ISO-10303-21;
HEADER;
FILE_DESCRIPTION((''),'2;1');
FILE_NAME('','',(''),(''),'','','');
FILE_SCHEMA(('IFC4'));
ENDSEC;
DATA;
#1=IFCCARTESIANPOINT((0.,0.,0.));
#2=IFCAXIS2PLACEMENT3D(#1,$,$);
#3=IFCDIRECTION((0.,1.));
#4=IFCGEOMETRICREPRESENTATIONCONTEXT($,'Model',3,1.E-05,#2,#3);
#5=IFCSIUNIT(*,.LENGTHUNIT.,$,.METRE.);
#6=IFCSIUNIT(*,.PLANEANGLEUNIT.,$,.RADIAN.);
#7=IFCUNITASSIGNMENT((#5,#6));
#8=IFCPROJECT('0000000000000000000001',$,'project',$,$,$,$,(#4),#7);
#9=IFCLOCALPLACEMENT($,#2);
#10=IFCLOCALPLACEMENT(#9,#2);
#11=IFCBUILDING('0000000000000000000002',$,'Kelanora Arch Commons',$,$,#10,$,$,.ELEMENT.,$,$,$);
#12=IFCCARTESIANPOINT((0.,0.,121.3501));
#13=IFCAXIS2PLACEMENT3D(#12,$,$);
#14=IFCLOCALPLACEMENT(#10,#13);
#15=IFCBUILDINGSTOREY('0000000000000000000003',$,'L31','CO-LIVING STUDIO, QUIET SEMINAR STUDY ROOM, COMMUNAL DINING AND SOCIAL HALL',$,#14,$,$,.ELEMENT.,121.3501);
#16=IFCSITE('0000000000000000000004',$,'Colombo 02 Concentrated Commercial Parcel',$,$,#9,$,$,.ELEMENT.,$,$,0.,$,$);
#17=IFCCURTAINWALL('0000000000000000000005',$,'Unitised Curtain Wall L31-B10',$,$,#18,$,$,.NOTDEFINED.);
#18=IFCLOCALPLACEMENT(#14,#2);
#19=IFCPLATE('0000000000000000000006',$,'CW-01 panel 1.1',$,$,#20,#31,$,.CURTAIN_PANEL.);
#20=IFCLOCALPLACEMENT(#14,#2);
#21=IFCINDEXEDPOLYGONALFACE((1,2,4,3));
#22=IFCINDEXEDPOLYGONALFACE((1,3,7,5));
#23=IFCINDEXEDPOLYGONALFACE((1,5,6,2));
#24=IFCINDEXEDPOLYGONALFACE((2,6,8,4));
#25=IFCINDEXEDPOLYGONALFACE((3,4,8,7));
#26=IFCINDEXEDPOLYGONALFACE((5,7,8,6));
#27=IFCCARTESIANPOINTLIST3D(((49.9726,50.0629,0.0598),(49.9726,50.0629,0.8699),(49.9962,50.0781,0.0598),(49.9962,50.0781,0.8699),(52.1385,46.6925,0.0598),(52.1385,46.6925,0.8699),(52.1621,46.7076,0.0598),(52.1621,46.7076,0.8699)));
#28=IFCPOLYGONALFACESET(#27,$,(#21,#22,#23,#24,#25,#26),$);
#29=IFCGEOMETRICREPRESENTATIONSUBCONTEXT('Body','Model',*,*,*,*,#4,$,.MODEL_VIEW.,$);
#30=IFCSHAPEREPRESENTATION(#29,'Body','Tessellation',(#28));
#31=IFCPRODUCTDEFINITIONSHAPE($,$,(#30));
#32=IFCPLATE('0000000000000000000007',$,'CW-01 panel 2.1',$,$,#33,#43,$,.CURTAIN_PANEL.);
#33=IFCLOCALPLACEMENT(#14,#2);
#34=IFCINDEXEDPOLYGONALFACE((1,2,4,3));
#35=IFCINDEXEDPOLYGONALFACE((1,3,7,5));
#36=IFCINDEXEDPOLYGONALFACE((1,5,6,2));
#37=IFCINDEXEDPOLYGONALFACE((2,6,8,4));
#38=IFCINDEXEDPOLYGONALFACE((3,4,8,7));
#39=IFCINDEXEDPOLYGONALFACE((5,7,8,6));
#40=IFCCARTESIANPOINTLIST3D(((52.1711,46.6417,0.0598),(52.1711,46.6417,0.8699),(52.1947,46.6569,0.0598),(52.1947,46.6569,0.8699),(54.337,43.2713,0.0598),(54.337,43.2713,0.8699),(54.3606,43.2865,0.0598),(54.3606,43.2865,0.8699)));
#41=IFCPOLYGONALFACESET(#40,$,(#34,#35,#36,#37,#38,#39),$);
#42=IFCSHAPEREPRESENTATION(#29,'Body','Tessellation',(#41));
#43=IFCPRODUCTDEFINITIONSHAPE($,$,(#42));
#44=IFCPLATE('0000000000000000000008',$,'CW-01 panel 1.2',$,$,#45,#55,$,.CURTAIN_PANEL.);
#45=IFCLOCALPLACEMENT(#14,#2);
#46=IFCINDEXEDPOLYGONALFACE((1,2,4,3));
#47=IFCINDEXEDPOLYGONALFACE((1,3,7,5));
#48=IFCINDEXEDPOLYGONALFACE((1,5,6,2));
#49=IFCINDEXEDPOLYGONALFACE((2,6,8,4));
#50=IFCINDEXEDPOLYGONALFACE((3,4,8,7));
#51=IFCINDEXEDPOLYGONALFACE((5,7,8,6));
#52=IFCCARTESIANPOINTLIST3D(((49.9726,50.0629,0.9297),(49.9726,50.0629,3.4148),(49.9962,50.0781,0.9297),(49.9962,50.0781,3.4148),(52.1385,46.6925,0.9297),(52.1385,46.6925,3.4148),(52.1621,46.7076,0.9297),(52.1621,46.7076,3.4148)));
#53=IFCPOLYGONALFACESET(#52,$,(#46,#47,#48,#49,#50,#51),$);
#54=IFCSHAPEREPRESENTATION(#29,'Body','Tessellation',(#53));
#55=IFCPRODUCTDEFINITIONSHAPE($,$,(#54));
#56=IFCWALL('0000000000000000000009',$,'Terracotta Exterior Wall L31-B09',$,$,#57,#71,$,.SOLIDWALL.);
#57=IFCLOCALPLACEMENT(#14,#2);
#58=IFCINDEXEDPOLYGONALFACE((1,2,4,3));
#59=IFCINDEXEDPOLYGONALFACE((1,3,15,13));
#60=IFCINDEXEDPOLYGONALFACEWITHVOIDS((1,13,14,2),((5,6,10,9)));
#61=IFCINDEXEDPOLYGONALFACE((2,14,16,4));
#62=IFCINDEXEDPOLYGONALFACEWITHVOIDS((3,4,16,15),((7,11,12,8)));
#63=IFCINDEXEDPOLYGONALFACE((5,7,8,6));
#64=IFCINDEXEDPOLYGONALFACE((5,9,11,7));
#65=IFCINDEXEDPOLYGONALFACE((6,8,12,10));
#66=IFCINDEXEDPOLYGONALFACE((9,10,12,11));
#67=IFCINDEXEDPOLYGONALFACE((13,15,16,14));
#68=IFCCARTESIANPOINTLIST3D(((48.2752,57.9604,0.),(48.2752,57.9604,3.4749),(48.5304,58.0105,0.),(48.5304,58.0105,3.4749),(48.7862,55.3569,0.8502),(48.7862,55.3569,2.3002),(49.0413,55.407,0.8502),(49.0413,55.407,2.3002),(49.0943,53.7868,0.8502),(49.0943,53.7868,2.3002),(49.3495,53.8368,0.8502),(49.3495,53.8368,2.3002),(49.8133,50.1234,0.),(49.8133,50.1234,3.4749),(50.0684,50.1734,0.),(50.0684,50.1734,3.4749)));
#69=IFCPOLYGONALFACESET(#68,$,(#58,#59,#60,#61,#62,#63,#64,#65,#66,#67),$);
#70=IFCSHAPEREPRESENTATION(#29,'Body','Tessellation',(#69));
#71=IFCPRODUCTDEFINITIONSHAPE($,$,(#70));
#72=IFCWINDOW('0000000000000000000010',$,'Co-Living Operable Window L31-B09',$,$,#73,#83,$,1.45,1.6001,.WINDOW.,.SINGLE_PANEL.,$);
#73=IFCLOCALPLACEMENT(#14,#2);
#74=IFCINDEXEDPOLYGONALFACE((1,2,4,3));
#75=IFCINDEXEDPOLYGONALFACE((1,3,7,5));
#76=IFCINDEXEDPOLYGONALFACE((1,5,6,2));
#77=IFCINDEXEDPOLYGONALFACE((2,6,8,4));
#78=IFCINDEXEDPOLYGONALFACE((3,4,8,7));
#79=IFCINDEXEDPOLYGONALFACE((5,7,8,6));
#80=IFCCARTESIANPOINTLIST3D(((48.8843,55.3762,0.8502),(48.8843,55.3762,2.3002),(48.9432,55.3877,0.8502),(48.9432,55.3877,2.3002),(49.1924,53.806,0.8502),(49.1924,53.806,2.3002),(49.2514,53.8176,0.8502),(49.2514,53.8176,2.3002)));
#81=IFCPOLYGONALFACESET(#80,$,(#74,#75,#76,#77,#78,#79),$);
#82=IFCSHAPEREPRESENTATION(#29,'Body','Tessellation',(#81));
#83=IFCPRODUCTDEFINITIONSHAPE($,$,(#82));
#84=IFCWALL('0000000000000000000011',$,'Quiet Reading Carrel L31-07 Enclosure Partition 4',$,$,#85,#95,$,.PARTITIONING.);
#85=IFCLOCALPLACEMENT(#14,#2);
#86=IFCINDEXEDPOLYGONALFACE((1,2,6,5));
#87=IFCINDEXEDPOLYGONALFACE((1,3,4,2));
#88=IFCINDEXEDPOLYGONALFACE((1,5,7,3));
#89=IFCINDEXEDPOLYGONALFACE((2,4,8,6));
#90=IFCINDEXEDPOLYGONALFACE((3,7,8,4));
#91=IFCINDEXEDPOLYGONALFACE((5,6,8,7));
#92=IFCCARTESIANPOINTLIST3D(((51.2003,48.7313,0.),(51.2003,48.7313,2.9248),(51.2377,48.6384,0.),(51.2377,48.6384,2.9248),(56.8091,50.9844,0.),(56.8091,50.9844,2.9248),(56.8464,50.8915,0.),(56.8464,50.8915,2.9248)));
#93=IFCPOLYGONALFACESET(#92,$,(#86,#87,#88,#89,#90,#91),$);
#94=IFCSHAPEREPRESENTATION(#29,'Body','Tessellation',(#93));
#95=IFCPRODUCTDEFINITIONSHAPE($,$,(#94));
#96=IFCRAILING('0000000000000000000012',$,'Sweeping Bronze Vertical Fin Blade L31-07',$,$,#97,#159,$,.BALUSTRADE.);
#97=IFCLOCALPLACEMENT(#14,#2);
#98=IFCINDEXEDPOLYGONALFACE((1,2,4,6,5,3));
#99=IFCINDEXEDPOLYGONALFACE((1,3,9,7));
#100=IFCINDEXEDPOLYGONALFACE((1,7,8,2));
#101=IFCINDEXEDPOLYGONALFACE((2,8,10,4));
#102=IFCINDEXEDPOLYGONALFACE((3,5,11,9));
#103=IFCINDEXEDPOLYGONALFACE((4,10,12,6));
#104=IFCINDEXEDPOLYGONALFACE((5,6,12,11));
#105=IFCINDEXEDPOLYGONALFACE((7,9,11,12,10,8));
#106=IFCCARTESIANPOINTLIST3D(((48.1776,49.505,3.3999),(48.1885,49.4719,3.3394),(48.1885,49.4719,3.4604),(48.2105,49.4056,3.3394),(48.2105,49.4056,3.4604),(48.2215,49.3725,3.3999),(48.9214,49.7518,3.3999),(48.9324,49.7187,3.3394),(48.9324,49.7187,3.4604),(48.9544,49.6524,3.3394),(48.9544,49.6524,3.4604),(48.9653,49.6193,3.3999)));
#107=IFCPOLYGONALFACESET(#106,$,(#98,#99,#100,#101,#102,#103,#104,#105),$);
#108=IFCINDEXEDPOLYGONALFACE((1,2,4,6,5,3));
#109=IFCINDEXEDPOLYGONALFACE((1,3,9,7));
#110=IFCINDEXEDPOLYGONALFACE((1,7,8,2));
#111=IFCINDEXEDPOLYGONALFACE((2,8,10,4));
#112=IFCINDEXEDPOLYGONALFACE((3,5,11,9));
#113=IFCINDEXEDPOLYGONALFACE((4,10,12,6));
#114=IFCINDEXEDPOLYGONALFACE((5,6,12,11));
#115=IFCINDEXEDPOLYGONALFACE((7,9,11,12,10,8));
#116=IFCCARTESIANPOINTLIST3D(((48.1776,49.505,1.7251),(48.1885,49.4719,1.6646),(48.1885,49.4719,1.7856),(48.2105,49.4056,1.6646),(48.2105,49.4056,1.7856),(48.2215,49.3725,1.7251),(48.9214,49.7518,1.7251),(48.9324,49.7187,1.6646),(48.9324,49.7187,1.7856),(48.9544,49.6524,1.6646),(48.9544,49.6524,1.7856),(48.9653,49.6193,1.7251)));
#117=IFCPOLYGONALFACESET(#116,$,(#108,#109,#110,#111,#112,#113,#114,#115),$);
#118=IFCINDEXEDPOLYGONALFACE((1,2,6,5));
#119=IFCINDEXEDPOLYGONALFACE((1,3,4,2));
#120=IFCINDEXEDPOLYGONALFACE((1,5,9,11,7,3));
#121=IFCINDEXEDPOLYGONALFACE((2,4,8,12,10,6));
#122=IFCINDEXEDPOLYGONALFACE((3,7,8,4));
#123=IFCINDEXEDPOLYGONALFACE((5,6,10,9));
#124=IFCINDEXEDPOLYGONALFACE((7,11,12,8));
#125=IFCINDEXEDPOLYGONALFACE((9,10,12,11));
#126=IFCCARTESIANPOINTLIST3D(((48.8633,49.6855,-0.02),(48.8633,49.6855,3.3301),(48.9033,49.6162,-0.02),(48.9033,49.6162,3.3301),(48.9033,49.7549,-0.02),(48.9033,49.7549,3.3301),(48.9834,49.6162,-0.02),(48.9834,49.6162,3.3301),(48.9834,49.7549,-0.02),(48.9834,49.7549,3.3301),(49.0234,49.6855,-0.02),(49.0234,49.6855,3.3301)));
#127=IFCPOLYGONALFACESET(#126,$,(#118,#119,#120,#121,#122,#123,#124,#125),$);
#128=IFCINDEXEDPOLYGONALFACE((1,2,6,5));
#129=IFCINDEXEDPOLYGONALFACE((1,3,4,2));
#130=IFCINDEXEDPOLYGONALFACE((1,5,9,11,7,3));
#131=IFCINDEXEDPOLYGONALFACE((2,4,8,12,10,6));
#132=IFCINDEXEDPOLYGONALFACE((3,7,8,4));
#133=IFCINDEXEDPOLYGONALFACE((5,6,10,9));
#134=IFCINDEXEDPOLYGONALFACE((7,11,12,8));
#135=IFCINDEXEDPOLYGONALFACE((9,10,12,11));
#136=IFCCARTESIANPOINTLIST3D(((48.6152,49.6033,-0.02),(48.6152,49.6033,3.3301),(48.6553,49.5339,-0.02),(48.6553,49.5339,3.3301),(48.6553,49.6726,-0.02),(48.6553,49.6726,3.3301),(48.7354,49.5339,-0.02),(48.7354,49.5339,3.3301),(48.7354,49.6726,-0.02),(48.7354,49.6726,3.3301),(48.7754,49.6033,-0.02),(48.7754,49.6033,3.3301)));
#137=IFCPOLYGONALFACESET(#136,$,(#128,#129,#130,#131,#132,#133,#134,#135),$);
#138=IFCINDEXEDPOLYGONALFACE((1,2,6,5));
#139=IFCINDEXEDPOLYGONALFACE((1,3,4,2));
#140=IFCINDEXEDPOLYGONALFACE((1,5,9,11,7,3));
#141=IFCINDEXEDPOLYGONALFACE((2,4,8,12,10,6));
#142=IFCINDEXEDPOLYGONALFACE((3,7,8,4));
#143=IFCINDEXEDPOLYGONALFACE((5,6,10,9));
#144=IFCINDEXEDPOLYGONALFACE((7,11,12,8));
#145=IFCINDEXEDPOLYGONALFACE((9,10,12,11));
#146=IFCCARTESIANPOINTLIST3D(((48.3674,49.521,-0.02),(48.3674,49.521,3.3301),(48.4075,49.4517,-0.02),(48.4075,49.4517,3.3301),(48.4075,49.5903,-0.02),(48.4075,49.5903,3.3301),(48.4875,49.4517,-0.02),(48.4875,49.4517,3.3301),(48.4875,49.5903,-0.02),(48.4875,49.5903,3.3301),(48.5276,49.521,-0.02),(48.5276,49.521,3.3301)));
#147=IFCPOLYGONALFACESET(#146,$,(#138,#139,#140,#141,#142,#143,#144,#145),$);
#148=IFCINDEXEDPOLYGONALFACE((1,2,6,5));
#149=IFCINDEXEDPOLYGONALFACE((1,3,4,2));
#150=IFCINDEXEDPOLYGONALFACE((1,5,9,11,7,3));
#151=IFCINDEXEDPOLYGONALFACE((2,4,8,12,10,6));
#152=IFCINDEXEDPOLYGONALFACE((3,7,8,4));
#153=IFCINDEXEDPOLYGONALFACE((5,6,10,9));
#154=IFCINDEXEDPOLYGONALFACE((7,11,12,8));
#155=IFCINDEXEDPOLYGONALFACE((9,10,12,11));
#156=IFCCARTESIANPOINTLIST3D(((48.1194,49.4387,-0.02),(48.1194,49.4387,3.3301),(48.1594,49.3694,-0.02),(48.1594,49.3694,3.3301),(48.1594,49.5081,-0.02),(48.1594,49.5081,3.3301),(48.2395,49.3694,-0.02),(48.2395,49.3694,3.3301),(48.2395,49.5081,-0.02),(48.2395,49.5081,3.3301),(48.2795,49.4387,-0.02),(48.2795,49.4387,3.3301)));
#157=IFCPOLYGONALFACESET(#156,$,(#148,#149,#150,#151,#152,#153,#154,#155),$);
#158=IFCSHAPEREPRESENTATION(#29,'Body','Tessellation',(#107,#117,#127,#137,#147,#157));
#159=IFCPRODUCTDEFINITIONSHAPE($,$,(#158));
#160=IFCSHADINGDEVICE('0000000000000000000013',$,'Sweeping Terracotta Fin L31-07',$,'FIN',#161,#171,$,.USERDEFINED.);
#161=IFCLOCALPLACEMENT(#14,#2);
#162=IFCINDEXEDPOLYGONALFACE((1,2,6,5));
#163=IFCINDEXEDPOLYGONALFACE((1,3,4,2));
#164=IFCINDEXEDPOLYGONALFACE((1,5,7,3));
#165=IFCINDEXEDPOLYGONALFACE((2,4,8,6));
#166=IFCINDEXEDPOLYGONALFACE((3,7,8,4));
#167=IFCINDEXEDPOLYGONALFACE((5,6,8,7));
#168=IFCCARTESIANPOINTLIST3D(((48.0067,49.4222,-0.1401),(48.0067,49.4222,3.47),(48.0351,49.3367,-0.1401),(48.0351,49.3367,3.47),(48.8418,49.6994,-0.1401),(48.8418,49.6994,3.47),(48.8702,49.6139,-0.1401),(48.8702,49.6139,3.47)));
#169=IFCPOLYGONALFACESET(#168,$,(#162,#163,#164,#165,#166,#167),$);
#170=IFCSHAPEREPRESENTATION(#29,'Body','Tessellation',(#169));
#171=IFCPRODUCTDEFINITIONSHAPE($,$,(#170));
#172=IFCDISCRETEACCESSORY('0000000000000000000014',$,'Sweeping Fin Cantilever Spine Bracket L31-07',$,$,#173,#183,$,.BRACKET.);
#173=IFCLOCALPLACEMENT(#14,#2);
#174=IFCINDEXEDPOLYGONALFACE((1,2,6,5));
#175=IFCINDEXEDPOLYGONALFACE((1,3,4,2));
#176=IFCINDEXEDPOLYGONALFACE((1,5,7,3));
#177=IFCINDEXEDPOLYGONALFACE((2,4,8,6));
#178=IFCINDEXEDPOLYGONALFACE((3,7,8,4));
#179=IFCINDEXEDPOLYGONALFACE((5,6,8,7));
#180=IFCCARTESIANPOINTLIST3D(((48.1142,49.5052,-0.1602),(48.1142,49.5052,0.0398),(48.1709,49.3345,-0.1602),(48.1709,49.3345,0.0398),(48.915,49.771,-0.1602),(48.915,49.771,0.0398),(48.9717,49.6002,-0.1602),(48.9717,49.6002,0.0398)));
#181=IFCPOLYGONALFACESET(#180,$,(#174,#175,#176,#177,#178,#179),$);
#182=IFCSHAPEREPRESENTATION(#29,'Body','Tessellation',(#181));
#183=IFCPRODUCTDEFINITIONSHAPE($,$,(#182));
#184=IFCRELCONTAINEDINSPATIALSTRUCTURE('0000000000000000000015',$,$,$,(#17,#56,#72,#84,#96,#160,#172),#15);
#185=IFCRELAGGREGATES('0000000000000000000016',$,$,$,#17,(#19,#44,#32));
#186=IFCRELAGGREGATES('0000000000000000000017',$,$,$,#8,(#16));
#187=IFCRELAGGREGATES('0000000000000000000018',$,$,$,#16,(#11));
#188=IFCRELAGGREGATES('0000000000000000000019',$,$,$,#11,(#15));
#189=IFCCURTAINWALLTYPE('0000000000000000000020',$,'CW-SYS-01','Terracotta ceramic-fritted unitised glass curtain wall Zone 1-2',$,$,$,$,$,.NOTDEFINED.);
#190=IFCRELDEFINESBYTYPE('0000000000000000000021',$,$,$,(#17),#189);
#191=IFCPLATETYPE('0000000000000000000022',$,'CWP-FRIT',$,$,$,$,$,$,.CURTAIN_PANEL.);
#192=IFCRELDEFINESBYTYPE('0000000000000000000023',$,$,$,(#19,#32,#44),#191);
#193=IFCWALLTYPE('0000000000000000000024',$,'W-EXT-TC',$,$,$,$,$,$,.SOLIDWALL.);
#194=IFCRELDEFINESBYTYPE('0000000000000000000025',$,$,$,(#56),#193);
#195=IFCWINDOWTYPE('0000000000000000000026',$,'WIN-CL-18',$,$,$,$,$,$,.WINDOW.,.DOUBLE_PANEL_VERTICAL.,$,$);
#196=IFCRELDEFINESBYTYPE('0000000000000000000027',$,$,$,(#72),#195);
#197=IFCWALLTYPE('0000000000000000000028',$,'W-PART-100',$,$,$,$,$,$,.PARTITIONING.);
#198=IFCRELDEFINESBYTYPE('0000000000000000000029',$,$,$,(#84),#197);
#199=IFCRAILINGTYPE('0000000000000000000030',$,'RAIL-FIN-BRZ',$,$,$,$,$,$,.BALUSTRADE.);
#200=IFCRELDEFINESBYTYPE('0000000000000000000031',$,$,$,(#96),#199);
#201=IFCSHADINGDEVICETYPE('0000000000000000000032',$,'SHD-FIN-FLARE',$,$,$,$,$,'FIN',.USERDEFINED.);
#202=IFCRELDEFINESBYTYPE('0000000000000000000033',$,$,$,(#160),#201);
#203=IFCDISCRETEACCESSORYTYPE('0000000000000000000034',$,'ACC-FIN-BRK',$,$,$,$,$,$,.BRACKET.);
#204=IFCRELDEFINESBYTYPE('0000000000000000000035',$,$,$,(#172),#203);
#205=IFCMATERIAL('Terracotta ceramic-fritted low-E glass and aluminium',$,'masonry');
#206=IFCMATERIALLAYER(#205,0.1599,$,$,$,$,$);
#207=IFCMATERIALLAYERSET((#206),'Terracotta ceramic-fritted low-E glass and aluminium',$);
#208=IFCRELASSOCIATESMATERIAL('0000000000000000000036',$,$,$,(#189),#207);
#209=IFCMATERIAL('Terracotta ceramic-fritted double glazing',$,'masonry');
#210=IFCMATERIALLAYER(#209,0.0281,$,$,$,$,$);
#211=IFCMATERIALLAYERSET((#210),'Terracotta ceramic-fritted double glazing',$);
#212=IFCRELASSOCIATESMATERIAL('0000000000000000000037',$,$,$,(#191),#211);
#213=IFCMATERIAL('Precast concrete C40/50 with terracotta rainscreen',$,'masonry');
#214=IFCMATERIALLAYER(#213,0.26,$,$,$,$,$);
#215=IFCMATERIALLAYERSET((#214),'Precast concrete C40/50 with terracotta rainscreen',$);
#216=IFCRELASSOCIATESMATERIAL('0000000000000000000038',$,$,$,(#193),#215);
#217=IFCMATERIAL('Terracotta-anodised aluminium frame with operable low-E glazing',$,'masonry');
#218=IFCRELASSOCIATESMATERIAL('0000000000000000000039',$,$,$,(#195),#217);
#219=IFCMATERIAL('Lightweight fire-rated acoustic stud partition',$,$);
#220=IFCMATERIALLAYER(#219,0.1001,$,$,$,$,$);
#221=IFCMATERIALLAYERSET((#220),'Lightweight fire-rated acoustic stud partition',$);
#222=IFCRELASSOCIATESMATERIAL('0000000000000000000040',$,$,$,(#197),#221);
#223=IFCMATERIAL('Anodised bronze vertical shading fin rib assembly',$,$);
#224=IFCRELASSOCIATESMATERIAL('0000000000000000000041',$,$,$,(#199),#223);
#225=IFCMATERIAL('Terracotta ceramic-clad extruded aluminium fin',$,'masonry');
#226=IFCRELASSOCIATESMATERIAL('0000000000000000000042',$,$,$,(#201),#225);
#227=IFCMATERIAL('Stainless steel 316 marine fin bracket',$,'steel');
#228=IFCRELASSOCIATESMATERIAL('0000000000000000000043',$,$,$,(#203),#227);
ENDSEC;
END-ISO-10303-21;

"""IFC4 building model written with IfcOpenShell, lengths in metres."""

from ifc_helpers import new_model, si_unit, direction, frame, frame_2d, origin, origin_2d, place, context, subcontext, project, spatial, polyline, rectangle, outline, extrude, source, transform, mapped, material, layer, layer_set, type_object, element, fill, aggregate, save


model = new_model("IFC4")

# Units and contexts
model_context = context("Model", 3, precision=1e-05, world=origin(), true_north=direction((0.0, 1.0)))
body_context = subcontext(model_context, "Body", "Model", "MODEL_VIEW")
ifc_project = project(units=[si_unit("LENGTHUNIT", "METRE"), si_unit("PLANEANGLEUNIT", "RADIAN")], contexts=[model_context])

# Site, building, storey
site_placement = place(None, origin())
site = spatial("IfcSite", under=ifc_project, at=site_placement, Name="Colombo 02 Concentrated Commercial Parcel", CompositionType="ELEMENT", RefElevation=0.0)
building_placement = place(site_placement, origin())
building = spatial("IfcBuilding", under=site, at=building_placement, Name="Kelanora Arch Commons", CompositionType="ELEMENT")
storey_placement = place(building_placement, frame((0.0, 0.0, 121.3501)))
storey = spatial("IfcBuildingStorey", under=building, at=storey_placement, Name="L31", Description="CO-LIVING STUDIO, QUIET SEMINAR STUDY ROOM, COMMUNAL DINING AND SOCIAL HALL", CompositionType="ELEMENT", Elevation=121.3501)

# Curtain wall
ifc_material_1 = material(Name="Terracotta ceramic-fritted low-E glass and aluminium", Category="masonry")
ifc_layer_1 = layer(ifc_material_1, 0.1599)
ifc_layer_set_1 = layer_set([ifc_layer_1], Name="Terracotta ceramic-fritted low-E glass and aluminium")
curtain_wall_type = type_object("IfcCurtainWallType", Name="CW-SYS-01", Description="Terracotta ceramic-fritted unitised glass curtain wall Zone 1-2", PredefinedType="NOTDEFINED", material=ifc_layer_set_1)
curtain_wall_placement = place(storey_placement, origin())
curtain_wall = element("IfcCurtainWall", 1, at=curtain_wall_placement, inside=storey, type_object=curtain_wall_type, Name="Unitised Curtain Wall L31-B10", PredefinedType="NOTDEFINED")

# Plates
ifc_material_2 = material(Name="Terracotta ceramic-fritted double glazing", Category="masonry")
ifc_layer_2 = layer(ifc_material_2, 0.0281)
ifc_layer_set_2 = layer_set([ifc_layer_2], Name="Terracotta ceramic-fritted double glazing")
plate_type = type_object("IfcPlateType", Name="CWP-FRIT", PredefinedType="CURTAIN_PANEL", material=ifc_layer_set_2)
shared_shape_1 = source(origin(), body_context, "Body", "SweptSolid", [
    extrude(rectangle(XDim=4.0063, YDim=0.0281, at=origin_2d()), origin(), (0.0, 0.0, 1.0), 0.8101),
])
plate_1_placement = place(storey_placement, frame((51.0674, 48.3853, 0.0598), z_axis=(0.0, 0.0, 1.0), x_axis=(0.540617, -0.841269, 0.0)))
plate_1 = element("IfcPlate", 2, at=plate_1_placement, type_object=plate_type, Name="CW-01 panel 1.1", PredefinedType="CURTAIN_PANEL", context=body_context, shape_type="MappedRepresentation", body=[
    mapped(shared_shape_1, transform((0.0, 0.0, 0.0), scale=1.0)),
])
plate_2_placement = place(storey_placement, frame((53.2659, 44.9641, 0.0598), z_axis=(0.0, 0.0, 1.0), x_axis=(0.540617, -0.841269, 0.0)))
plate_2 = element("IfcPlate", 3, at=plate_2_placement, type_object=plate_type, Name="CW-01 panel 2.1", PredefinedType="CURTAIN_PANEL", context=body_context, shape_type="MappedRepresentation", body=[
    mapped(shared_shape_1, transform((0.0, 0.0, 0.0), scale=1.0)),
])
shared_shape_2 = source(origin(), body_context, "Body", "SweptSolid", [
    extrude(rectangle(XDim=4.0063, YDim=0.0281, at=origin_2d()), origin(), (0.0, 0.0, 1.0), 2.4851),
])
plate_3_placement = place(storey_placement, frame((51.0674, 48.3853, 0.9297), z_axis=(0.0, 0.0, 1.0), x_axis=(0.540617, -0.841269, 0.0)))
plate_3 = element("IfcPlate", 4, at=plate_3_placement, type_object=plate_type, Name="CW-01 panel 1.2", PredefinedType="CURTAIN_PANEL", context=body_context, shape_type="MappedRepresentation", body=[
    mapped(shared_shape_2, transform((0.0, 0.0, 0.0), scale=1.0)),
])
aggregate(curtain_wall, [plate_1, plate_3, plate_2])

# Wall, opening, window
ifc_material_3 = material(Name="Precast concrete C40/50 with terracotta rainscreen", Category="masonry")
ifc_layer_3 = layer(ifc_material_3, 0.26)
ifc_layer_set_3 = layer_set([ifc_layer_3], Name="Precast concrete C40/50 with terracotta rainscreen")
wall_type_1 = type_object("IfcWallType", Name="W-EXT-TC", PredefinedType="SOLIDWALL", material=ifc_layer_set_3)
wall_1_placement = place(storey_placement, frame((48.4028, 57.9854, 0.0), z_axis=(0.0, 0.0, 1.0), x_axis=(0.192582, -0.981281, 0.0)))
wall_1 = element("IfcWall", 5, at=wall_1_placement, inside=storey, type_object=wall_type_1, Name="Terracotta Exterior Wall L31-B09", PredefinedType="SOLIDWALL", context=body_context, shape_type="SweptSolid", body=[
    extrude(rectangle(XDim=7.9866, YDim=0.26, at=frame_2d((3.9932, 0.0))), origin(), (0.0, 0.0, 1.0), 3.4749),
])
opening_placement = place(wall_1_placement, frame((2.6531, 0.0, 0.8501)))
opening = element("IfcOpeningElement", 6, at=opening_placement, cuts=wall_1, PredefinedType="OPENING", context=body_context, shape_type="SweptSolid", body=[
    extrude(rectangle(XDim=1.6001, YDim=1.45, at=frame_2d((0.8, 0.7251))), frame((0.0, 0.1401, 0.0), z_axis=(0.0, -1.0, 0.0), x_axis=(1.0, 0.0, 0.0)), (0.0, 0.0, 1.0), 0.28),
])
ifc_material_4 = material(Name="Terracotta-anodised aluminium frame with operable low-E glazing", Category="masonry")
window_type = type_object("IfcWindowType", Name="WIN-CL-18", PartitioningType="DOUBLE_PANEL_VERTICAL", PredefinedType="WINDOW", material=ifc_material_4)
window_placement = place(opening_placement, origin())
window = element("IfcWindow", 7, at=window_placement, inside=storey, type_object=window_type, Name="Co-Living Operable Window L31-B09", OverallHeight=1.45, OverallWidth=1.6001, PartitioningType="SINGLE_PANEL", PredefinedType="WINDOW", context=body_context, shape_type="SweptSolid", body=[
    extrude(rectangle(XDim=1.6001, YDim=1.45, at=frame_2d((0.8, 0.7251))), frame((0.0, 0.03, 0.0), z_axis=(0.0, -1.0, 0.0), x_axis=(1.0, 0.0, 0.0)), (0.0, 0.0, 1.0), 0.0601),
])
fill(opening, window)

# Wall
ifc_material_5 = material(Name="Lightweight fire-rated acoustic stud partition")
ifc_layer_4 = layer(ifc_material_5, 0.1001)
ifc_layer_set_4 = layer_set([ifc_layer_4], Name="Lightweight fire-rated acoustic stud partition")
wall_type_2 = type_object("IfcWallType", Name="W-PART-100", PredefinedType="PARTITIONING", material=ifc_layer_set_4)
wall_2_placement = place(storey_placement, frame((51.219, 48.6848, 0.0), z_axis=(0.0, 0.0, 1.0), x_axis=(0.927927, 0.372762, 0.0)))
element("IfcWall", 8, at=wall_2_placement, inside=storey, type_object=wall_type_2, Name="Quiet Reading Carrel L31-07 Enclosure Partition 4", PredefinedType="PARTITIONING", context=body_context, shape_type="SweptSolid", body=[
    extrude(rectangle(XDim=6.0444, YDim=0.1001, at=frame_2d((3.0222, 0.0))), origin(), (0.0, 0.0, 1.0), 2.9248),
])

# Railing
ifc_material_6 = material(Name="Anodised bronze vertical shading fin rib assembly")
railing_type = type_object("IfcRailingType", Name="RAIL-FIN-BRZ", PredefinedType="BALUSTRADE", material=ifc_material_6)
railing_placement = place(storey_placement, frame((48.9434, 49.6855, -0.02)))
element("IfcRailing", 9, at=railing_placement, inside=storey, type_object=railing_type, Name="Sweeping Bronze Vertical Fin Blade L31-07", PredefinedType="BALUSTRADE", context=body_context, shape_type="SweptSolid", body=[
    extrude(outline(polyline([(0.0698, 0.0), (0.0349, 0.0605), (-0.0349, 0.0605), (-0.0698, 0.0), (-0.0349, -0.0605), (0.0349, -0.0605), (0.0698, 0.0)])), frame((0.0, 0.0, 3.4199), z_axis=(-0.949118, -0.314919, 0.0), x_axis=(0.314919, -0.949118, 0.0)), (0.0, 0.0, 1.0), 0.7837),
    extrude(outline(polyline([(0.0698, 0.0), (0.0349, 0.0605), (-0.0349, 0.0605), (-0.0698, 0.0), (-0.0349, -0.0605), (0.0349, -0.0605), (0.0698, 0.0)])), frame((0.0, 0.0, 1.7451), z_axis=(-0.949118, -0.314919, 0.0), x_axis=(0.314919, -0.949118, 0.0)), (0.0, 0.0, 1.0), 0.7837),
    extrude(outline(polyline([(0.0801, 0.0), (0.04, 0.0693), (-0.04, 0.0693), (-0.0801, 0.0), (-0.04, -0.0693), (0.04, -0.0693), (0.0801, 0.0)])), origin(), (0.0, 0.0, 1.0), 3.3501),
    extrude(outline(polyline([(0.0801, 0.0), (0.04, 0.0693), (-0.04, 0.0693), (-0.0801, 0.0), (-0.04, -0.0693), (0.04, -0.0693), (0.0801, 0.0)])), frame((-0.248, -0.0823, 0.0)), (0.0, 0.0, 1.0), 3.3501),
    extrude(outline(polyline([(0.0801, 0.0), (0.04, 0.0693), (-0.04, 0.0693), (-0.0801, 0.0), (-0.04, -0.0693), (0.04, -0.0693), (0.0801, 0.0)])), frame((-0.4958, -0.1646, 0.0)), (0.0, 0.0, 1.0), 3.3501),
    extrude(outline(polyline([(0.0801, 0.0), (0.04, 0.0693), (-0.04, 0.0693), (-0.0801, 0.0), (-0.04, -0.0693), (0.04, -0.0693), (0.0801, 0.0)])), frame((-0.7439, -0.2468, 0.0)), (0.0, 0.0, 1.0), 3.3501),
])

# Shading device
ifc_material_7 = material(Name="Terracotta ceramic-clad extruded aluminium fin", Category="masonry")
shading_device_type = type_object("IfcShadingDeviceType", Name="SHD-FIN-FLARE", ElementType="FIN", PredefinedType="USERDEFINED", material=ifc_material_7)
shared_shape_3 = source(origin(), body_context, "Body", "SweptSolid", [
    extrude(rectangle(XDim=0.8799, YDim=0.0901, at=origin_2d()), origin(), (0.0, 0.0, 1.0), 3.6101),
])
shading_device_placement = place(storey_placement, frame((48.4385, 49.5181, -0.1401), z_axis=(0.0, 0.0, 1.0), x_axis=(-0.949096, -0.314987, 0.0)))
element("IfcShadingDevice", 10, at=shading_device_placement, inside=storey, type_object=shading_device_type, Name="Sweeping Terracotta Fin L31-07", ObjectType="FIN", PredefinedType="USERDEFINED", context=body_context, shape_type="MappedRepresentation", body=[
    mapped(shared_shape_3, transform((0.0, 0.0, 0.0), scale=1.0)),
])

# Discrete accessory
ifc_material_8 = material(Name="Stainless steel 316 marine fin bracket", Category="steel")
discrete_accessory_type = type_object("IfcDiscreteAccessoryType", Name="ACC-FIN-BRK", PredefinedType="BRACKET", material=ifc_material_8)
shared_shape_4 = source(origin(), body_context, "Body", "SweptSolid", [
    extrude(rectangle(XDim=0.8438, YDim=0.1799, at=origin_2d()), origin(), (0.0, 0.0, 1.0), 0.2),
])
discrete_accessory_placement = place(storey_placement, frame((48.543, 49.5527, -0.1602), z_axis=(0.0, 0.0, 1.0), x_axis=(-0.949096, -0.314987, 0.0)))
element("IfcDiscreteAccessory", 11, at=discrete_accessory_placement, inside=storey, type_object=discrete_accessory_type, Name="Sweeping Fin Cantilever Spine Bracket L31-07", PredefinedType="BRACKET", context=body_context, shape_type="MappedRepresentation", body=[
    mapped(shared_shape_4, transform((0.0, 0.0, 0.0), scale=1.0)),
])

save(model, "model.ifc")
